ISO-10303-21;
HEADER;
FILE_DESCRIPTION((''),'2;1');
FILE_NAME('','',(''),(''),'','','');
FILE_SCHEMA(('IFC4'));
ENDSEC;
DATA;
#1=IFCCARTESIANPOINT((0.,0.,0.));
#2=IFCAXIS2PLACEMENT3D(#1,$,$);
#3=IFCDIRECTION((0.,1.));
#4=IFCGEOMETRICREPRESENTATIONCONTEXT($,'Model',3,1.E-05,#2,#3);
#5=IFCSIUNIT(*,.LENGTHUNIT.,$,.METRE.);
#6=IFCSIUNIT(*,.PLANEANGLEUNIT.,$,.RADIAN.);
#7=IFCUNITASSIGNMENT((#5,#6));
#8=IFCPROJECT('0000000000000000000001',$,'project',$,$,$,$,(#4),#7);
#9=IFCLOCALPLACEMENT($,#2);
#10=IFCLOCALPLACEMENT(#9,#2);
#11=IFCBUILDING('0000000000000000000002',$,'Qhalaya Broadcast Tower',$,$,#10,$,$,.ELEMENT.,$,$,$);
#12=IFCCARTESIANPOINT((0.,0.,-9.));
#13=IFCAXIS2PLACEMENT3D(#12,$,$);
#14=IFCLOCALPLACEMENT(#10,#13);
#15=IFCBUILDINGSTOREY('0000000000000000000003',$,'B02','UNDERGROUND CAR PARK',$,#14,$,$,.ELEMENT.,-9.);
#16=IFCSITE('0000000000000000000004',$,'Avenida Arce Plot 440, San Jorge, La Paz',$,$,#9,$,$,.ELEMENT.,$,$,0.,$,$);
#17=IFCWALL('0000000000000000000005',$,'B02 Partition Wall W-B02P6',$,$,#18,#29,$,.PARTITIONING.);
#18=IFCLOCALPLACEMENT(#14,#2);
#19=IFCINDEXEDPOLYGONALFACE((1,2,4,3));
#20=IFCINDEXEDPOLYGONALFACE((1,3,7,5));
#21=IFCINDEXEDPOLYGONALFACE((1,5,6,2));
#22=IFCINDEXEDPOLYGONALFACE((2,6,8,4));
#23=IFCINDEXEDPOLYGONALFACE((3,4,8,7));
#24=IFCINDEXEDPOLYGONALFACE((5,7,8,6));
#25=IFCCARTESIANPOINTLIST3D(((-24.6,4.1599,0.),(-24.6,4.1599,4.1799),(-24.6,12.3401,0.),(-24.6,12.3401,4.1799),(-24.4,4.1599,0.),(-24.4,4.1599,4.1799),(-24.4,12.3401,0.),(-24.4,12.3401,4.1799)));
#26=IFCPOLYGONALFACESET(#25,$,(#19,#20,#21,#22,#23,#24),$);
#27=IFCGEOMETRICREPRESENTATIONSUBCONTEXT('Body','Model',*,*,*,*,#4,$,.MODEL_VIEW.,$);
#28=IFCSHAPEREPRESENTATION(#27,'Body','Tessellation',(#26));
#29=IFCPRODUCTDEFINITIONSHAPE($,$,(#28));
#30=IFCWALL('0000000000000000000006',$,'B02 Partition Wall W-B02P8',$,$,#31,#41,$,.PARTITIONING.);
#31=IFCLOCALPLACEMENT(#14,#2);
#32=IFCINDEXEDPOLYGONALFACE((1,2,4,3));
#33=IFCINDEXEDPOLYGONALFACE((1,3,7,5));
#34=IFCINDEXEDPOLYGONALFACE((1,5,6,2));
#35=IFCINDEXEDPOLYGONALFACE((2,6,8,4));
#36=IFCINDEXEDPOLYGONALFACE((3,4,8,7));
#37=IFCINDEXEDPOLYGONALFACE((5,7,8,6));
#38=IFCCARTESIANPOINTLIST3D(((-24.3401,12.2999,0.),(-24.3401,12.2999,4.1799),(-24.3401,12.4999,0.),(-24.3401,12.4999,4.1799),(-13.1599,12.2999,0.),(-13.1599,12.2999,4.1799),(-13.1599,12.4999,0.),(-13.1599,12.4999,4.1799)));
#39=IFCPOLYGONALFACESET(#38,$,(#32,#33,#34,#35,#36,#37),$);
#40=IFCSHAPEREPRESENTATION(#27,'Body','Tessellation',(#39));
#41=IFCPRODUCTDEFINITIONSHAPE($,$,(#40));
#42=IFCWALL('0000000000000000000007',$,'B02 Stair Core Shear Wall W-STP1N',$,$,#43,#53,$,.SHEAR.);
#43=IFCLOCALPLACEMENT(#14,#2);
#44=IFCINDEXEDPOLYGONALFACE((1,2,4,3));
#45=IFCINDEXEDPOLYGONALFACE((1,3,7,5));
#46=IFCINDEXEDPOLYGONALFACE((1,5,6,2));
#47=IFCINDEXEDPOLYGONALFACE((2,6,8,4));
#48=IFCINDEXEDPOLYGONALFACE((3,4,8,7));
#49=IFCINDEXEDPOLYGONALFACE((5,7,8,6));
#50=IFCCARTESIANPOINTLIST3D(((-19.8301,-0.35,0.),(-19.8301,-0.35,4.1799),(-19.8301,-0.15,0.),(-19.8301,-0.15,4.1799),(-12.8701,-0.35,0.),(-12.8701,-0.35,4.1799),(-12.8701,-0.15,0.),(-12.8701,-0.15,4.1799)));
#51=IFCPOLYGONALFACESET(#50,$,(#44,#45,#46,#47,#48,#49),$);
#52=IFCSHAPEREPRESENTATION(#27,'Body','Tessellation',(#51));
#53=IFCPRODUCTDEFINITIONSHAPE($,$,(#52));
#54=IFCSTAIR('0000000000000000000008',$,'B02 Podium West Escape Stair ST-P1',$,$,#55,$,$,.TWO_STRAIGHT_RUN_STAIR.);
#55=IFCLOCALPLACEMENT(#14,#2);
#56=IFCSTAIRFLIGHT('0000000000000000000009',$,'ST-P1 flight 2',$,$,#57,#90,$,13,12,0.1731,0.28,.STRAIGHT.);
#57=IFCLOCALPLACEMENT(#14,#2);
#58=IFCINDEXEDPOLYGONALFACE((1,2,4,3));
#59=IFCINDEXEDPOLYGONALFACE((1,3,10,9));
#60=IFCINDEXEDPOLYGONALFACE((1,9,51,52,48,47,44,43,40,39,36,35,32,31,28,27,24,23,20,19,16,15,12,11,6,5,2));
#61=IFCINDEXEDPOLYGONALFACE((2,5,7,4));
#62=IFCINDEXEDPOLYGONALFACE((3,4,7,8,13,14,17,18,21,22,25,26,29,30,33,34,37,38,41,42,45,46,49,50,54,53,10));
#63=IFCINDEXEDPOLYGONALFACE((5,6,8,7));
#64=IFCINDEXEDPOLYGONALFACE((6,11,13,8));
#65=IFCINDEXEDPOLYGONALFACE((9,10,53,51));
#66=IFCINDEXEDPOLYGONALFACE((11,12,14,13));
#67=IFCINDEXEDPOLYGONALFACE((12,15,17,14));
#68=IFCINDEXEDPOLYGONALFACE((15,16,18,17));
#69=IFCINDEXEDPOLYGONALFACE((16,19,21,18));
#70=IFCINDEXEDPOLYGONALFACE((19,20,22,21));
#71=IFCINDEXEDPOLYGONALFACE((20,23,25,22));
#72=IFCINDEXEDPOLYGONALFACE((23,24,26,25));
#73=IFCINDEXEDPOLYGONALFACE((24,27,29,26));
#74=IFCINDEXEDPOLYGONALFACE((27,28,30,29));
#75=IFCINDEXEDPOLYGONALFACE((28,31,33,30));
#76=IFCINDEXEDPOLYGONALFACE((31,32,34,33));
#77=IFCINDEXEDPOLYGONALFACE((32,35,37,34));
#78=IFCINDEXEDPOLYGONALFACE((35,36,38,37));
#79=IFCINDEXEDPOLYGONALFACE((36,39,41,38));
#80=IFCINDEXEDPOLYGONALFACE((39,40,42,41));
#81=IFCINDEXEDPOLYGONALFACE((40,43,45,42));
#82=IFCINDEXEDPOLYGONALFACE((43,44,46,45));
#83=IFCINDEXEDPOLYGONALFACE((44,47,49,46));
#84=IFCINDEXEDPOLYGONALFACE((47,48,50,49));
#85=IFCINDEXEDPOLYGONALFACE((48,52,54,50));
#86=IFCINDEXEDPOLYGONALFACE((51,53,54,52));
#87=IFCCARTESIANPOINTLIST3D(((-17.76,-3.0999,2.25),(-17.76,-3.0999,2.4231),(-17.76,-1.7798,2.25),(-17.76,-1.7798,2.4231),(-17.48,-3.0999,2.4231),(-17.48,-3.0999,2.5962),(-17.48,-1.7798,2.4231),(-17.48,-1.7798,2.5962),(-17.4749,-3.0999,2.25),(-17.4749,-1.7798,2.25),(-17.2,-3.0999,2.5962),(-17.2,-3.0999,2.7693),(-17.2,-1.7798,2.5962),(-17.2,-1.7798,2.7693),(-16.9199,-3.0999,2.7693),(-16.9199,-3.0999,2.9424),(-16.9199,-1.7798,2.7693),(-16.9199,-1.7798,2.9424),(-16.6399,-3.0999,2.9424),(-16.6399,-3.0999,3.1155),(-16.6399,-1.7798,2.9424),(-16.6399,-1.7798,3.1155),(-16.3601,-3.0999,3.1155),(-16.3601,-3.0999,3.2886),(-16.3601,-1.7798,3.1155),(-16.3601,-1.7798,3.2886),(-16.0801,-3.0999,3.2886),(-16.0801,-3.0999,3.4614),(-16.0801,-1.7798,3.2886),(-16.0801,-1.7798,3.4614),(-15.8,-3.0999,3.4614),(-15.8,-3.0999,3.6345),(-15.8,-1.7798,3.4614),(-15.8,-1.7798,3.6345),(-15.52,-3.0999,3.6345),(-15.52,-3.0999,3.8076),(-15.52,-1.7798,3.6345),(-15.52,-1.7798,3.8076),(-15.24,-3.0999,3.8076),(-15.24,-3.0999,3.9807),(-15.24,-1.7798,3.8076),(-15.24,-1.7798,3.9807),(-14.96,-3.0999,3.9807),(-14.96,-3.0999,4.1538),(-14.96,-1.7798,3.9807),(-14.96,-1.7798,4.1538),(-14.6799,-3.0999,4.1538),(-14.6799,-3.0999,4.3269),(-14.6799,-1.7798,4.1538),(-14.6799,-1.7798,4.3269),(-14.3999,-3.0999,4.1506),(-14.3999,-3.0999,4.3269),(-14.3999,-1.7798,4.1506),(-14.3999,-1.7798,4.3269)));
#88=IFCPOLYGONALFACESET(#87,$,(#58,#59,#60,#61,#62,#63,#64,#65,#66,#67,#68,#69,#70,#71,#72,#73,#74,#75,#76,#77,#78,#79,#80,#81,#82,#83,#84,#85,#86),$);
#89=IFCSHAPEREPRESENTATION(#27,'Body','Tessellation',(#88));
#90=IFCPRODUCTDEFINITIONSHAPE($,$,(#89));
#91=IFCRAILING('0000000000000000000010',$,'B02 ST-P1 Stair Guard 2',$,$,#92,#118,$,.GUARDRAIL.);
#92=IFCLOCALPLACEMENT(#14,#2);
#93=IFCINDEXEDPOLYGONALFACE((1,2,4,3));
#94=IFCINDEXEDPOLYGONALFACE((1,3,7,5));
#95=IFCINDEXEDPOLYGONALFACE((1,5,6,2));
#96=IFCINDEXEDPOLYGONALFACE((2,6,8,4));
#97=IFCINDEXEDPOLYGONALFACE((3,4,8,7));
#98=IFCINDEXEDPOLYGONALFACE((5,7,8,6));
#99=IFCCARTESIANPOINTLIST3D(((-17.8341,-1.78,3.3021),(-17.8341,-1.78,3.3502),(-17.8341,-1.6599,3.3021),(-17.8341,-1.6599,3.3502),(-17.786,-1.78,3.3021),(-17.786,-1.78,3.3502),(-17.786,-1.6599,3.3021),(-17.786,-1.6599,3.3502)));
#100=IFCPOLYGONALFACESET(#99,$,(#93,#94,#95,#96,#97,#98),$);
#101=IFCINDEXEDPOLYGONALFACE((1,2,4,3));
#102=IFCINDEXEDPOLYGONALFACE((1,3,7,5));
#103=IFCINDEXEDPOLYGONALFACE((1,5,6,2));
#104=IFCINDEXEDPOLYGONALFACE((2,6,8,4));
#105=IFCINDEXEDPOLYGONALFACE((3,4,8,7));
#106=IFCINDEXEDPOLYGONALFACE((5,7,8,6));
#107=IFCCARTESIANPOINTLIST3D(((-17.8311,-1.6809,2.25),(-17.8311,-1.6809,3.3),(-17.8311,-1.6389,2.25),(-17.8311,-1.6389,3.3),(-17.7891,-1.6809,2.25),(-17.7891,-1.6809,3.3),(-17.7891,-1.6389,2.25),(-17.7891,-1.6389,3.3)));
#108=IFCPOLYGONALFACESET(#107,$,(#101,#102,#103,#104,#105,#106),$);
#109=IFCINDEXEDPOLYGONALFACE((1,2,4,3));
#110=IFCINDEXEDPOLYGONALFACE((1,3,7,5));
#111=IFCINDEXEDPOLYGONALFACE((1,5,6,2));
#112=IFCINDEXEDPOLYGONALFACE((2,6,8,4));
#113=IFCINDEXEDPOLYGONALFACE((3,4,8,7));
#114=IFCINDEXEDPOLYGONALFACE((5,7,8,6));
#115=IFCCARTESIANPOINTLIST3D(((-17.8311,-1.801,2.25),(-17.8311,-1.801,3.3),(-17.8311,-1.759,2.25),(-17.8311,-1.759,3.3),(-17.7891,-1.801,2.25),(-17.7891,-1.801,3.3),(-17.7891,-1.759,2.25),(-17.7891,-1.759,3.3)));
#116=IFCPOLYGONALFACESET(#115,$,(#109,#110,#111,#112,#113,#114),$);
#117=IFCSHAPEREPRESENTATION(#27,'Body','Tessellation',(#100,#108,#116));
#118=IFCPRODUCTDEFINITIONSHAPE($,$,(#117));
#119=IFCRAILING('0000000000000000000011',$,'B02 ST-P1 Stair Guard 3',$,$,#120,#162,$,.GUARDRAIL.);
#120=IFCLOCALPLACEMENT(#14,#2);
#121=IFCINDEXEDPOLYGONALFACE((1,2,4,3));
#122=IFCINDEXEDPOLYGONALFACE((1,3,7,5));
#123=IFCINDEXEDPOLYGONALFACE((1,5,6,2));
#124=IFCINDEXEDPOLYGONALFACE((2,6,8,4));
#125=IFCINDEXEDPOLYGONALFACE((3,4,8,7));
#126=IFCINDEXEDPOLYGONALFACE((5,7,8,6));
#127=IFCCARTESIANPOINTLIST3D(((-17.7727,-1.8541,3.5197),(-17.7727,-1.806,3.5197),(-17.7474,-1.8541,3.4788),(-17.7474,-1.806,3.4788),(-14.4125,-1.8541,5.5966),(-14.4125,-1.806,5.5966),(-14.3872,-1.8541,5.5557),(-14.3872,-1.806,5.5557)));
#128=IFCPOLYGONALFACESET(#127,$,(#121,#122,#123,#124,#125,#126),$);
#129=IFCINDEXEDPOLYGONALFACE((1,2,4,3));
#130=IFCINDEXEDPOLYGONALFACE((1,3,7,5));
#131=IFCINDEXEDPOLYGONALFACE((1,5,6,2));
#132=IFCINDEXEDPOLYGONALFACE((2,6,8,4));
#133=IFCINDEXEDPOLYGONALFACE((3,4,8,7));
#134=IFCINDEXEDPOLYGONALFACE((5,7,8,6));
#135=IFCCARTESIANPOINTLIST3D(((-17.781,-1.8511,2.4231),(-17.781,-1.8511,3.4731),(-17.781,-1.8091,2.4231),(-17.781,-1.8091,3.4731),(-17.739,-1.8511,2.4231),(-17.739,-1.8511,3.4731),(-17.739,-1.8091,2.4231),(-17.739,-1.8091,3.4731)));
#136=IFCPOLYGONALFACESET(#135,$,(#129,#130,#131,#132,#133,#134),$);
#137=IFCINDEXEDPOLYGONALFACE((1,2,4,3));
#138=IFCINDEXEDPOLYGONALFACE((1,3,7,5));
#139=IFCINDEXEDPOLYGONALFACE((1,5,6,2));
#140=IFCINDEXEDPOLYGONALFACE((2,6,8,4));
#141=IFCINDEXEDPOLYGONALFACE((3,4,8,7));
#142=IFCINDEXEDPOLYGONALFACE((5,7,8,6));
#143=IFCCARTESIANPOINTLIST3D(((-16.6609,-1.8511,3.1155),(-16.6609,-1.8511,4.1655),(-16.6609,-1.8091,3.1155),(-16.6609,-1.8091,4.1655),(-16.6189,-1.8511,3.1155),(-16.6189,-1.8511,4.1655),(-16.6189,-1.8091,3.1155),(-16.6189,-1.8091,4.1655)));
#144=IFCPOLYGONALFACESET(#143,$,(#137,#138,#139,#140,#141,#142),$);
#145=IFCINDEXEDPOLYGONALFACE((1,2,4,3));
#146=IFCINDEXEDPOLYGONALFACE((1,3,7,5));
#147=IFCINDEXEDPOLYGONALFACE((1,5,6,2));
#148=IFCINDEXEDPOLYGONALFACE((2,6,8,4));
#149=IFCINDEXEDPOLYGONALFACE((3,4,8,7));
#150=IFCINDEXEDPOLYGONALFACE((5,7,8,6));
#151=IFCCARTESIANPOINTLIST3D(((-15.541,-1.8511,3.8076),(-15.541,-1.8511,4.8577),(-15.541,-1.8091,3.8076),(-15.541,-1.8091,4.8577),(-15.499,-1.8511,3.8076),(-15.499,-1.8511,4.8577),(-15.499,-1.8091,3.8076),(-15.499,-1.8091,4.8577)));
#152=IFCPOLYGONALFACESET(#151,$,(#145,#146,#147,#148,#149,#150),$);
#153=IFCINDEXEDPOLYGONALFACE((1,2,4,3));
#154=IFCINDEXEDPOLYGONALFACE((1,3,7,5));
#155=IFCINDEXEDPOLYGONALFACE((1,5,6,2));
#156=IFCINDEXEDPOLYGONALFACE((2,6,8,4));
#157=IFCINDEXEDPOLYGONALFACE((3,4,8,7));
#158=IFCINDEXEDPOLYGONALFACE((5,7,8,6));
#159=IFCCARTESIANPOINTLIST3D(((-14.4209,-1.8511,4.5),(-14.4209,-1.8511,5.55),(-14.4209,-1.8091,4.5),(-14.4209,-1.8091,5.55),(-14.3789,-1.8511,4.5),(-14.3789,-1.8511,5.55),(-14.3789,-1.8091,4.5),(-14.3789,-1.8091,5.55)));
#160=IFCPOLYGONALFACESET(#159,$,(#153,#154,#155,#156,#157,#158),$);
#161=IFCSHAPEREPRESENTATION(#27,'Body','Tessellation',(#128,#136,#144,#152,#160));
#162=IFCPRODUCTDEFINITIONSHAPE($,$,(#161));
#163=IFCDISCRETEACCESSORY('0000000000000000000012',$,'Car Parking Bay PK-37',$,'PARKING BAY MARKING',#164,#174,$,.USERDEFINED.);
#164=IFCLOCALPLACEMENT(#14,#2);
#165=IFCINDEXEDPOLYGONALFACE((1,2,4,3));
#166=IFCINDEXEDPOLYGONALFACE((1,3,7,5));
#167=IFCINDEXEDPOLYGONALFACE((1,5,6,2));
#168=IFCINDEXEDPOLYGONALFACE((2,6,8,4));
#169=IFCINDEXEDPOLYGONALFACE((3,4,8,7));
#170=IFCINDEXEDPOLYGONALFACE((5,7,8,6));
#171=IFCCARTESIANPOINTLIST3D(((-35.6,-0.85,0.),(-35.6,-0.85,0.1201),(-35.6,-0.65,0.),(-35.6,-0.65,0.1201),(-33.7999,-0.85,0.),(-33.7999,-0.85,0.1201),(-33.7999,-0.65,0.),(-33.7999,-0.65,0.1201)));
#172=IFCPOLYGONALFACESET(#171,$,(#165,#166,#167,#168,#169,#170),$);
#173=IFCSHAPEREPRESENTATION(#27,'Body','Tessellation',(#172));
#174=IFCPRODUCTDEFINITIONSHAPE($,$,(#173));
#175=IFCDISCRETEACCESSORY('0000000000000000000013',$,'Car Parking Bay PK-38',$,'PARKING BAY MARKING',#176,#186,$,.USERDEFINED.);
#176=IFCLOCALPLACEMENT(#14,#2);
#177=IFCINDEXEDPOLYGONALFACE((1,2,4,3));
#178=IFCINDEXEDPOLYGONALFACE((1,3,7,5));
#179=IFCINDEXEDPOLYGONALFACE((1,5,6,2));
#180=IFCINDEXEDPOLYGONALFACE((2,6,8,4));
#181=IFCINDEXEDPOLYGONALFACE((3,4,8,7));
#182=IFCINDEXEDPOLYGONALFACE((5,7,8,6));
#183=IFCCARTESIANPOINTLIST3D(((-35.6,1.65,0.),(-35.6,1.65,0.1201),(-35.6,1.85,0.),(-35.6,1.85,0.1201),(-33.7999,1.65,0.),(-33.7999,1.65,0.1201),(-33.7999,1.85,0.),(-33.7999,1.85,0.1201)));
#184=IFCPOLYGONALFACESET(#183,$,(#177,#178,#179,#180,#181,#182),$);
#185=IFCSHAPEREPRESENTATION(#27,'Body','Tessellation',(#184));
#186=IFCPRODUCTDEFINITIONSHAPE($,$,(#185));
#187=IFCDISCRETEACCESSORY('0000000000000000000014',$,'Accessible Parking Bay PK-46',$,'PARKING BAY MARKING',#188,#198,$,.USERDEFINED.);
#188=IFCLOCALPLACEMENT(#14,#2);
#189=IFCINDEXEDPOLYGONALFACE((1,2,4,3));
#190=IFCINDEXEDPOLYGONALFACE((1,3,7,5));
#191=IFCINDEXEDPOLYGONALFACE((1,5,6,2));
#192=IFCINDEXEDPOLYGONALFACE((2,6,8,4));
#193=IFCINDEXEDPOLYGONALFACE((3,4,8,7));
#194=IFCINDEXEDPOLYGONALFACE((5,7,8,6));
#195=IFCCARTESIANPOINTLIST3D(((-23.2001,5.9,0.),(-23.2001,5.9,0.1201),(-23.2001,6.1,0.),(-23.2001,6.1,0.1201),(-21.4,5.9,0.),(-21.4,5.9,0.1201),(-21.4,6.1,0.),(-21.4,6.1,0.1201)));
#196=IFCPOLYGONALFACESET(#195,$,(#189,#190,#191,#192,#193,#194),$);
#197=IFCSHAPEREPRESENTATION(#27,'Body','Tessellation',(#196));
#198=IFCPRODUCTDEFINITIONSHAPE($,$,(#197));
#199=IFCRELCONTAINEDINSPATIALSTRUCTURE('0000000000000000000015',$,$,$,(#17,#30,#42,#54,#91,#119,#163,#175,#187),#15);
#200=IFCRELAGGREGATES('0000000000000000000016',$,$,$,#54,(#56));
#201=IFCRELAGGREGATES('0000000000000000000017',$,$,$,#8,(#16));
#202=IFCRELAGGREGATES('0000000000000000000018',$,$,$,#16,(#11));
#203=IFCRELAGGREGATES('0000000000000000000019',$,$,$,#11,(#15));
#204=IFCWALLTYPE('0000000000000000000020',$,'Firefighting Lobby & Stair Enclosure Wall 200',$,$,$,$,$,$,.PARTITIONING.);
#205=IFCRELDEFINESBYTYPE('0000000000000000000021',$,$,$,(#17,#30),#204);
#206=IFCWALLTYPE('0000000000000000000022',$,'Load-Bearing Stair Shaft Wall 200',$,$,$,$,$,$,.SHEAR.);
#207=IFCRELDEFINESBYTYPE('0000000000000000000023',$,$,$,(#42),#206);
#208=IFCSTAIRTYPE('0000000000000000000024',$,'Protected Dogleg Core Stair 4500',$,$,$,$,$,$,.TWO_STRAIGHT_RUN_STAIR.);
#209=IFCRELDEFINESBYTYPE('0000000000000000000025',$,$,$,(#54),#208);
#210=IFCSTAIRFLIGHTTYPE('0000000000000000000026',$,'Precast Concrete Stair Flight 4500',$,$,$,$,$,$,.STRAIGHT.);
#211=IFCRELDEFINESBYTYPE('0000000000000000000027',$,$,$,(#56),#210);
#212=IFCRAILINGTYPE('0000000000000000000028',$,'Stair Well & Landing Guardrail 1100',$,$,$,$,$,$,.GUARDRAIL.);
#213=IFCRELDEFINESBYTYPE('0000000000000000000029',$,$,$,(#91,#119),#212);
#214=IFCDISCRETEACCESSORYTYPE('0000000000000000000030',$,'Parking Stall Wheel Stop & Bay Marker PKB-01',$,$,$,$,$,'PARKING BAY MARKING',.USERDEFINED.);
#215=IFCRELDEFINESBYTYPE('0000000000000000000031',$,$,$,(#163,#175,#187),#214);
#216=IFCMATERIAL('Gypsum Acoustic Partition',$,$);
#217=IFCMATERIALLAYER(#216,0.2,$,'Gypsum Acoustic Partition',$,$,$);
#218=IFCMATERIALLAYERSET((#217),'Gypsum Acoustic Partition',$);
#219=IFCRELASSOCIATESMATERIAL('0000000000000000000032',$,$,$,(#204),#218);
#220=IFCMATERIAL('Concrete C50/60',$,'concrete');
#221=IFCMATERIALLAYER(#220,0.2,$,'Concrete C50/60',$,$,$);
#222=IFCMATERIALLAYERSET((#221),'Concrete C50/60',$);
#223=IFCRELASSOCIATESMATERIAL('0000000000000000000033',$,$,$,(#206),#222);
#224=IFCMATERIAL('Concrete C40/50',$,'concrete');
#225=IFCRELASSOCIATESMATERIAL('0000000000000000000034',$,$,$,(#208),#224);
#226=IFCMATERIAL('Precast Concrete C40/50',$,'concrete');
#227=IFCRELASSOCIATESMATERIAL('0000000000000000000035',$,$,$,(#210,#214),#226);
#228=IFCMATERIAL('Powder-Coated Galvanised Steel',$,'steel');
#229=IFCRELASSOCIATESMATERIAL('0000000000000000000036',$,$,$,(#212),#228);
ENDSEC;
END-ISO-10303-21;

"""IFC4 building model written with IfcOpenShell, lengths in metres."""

from ifc_helpers import new_model, si_unit, direction, frame, frame_2d, origin, origin_2d, place, context, subcontext, project, spatial, polyline, rectangle, outline, extrude, material, layer, layer_set, type_object, element, aggregate, save


model = new_model("IFC4")

# Units and contexts
model_context = context("Model", 3, precision=1e-05, world=origin(), true_north=direction((0.0, 1.0)))
body_context = subcontext(model_context, "Body", "Model", "MODEL_VIEW")
ifc_project = project(units=[si_unit("LENGTHUNIT", "METRE"), si_unit("PLANEANGLEUNIT", "RADIAN")], contexts=[model_context])

# Site, building, storey
site_placement = place(None, origin())
site = spatial("IfcSite", under=ifc_project, at=site_placement, Name="Avenida Arce Plot 440, San Jorge, La Paz", CompositionType="ELEMENT", RefElevation=0.0)
building_placement = place(site_placement, origin())
building = spatial("IfcBuilding", under=site, at=building_placement, Name="Qhalaya Broadcast Tower", CompositionType="ELEMENT")
storey_placement = place(building_placement, frame((0.0, 0.0, -9.0)))
storey = spatial("IfcBuildingStorey", under=building, at=storey_placement, Name="B02", Description="UNDERGROUND CAR PARK", CompositionType="ELEMENT", Elevation=-9.0)

# Shared definitions
ifc_material_1 = material(Name="Concrete C50/60", Category="concrete")

# Shared definitions
ifc_material_2 = material(Name="Gypsum Acoustic Partition")
ifc_layer_1 = layer(ifc_material_2, 0.2, Name="Gypsum Acoustic Partition")
ifc_layer_set_1 = layer_set([ifc_layer_1], Name="Gypsum Acoustic Partition")
wall_type_1 = type_object("IfcWallType", Name="Firefighting Lobby & Stair Enclosure Wall 200", PredefinedType="PARTITIONING", material=ifc_layer_set_1)

# Walls
wall_1_placement = place(storey_placement, frame((-24.5, 4.1599, 0.0), z_axis=(0.0, 0.0, 1.0), x_axis=(0.0, 1.0, 0.0)))
element("IfcWall", 1, at=wall_1_placement, inside=storey, type_object=wall_type_1, Name="B02 Partition Wall W-B02P6", PredefinedType="PARTITIONING", context=body_context, shape_type="SweptSolid", body=[
    extrude(rectangle(XDim=8.1802, YDim=0.2, at=frame_2d((4.0901, 0.0))), origin(), (0.0, 0.0, 1.0), 4.1799),
])
wall_2_placement = place(storey_placement, frame((-24.3401, 12.3999, 0.0), z_axis=(0.0, 0.0, 1.0), x_axis=(1.0, 0.0, 0.0)))
element("IfcWall", 2, at=wall_2_placement, inside=storey, type_object=wall_type_1, Name="B02 Partition Wall W-B02P8", PredefinedType="PARTITIONING", context=body_context, shape_type="SweptSolid", body=[
    extrude(rectangle(XDim=11.1802, YDim=0.2, at=frame_2d((5.5901, 0.0))), origin(), (0.0, 0.0, 1.0), 4.1799),
])
ifc_layer_2 = layer(ifc_material_1, 0.2, Name="Concrete C50/60")
ifc_layer_set_2 = layer_set([ifc_layer_2], Name="Concrete C50/60")
wall_type_2 = type_object("IfcWallType", Name="Load-Bearing Stair Shaft Wall 200", PredefinedType="SHEAR", material=ifc_layer_set_2)
wall_3_placement = place(storey_placement, frame((-19.8301, -0.25, 0.0), z_axis=(0.0, 0.0, 1.0), x_axis=(1.0, 0.0, 0.0)))
element("IfcWall", 3, at=wall_3_placement, inside=storey, type_object=wall_type_2, Name="B02 Stair Core Shear Wall W-STP1N", PredefinedType="SHEAR", context=body_context, shape_type="SweptSolid", body=[
    extrude(rectangle(XDim=6.96, YDim=0.2, at=frame_2d((3.48, 0.0))), origin(), (0.0, 0.0, 1.0), 4.1799),
])

# Stair, stair flight
ifc_material_3 = material(Name="Concrete C40/50", Category="concrete")
stair_type = type_object("IfcStairType", Name="Protected Dogleg Core Stair 4500", PredefinedType="TWO_STRAIGHT_RUN_STAIR", material=ifc_material_3)
stair_placement = place(storey_placement, origin())
stair = element("IfcStair", 4, at=stair_placement, inside=storey, type_object=stair_type, Name="B02 Podium West Escape Stair ST-P1", PredefinedType="TWO_STRAIGHT_RUN_STAIR")
ifc_material_4 = material(Name="Precast Concrete C40/50", Category="concrete")
stair_flight_type = type_object("IfcStairFlightType", Name="Precast Concrete Stair Flight 4500", PredefinedType="STRAIGHT", material=ifc_material_4)
stair_flight_placement = place(storey_placement, frame((-17.76, -2.4399, 2.25), z_axis=(0.0, 0.0, 1.0), x_axis=(1.0, 0.0, 0.0)))
stair_flight = element("IfcStairFlight", 5, at=stair_flight_placement, type_object=stair_flight_type, Name="ST-P1 flight 2", NumberOfRisers=13, NumberOfTreads=12, PredefinedType="STRAIGHT", RiserHeight=0.1731, TreadLength=0.28, context=body_context, shape_type="SweptSolid", body=[
    extrude(outline(polyline([(0.0, 0.0), (0.0, 0.1731), (0.28, 0.1731), (0.28, 0.3462), (0.5601, 0.3462), (0.5601, 0.5193), (0.8401, 0.5193), (0.8401, 0.6924), (1.1201, 0.6924), (1.1201, 0.8655), (1.3999, 0.8655), (1.3999, 1.0386), (1.6799, 1.0386), (1.6799, 1.2114), (1.96, 1.2114), (1.96, 1.3845), (2.24, 1.3845), (2.24, 1.5576), (2.52, 1.5576), (2.52, 1.7307), (2.8, 1.7307), (2.8, 1.9038), (3.0801, 1.9038), (3.0801, 2.0769), (3.3601, 2.0769), (3.3601, 2.25), (3.3601, 1.9006), (0.2852, 0.0), (0.0, 0.0)])), frame((0.0, 0.6602, 0.0), z_axis=(0.0, -1.0, 0.0), x_axis=(1.0, 0.0, 0.0)), (0.0, 0.0, 1.0), 1.3201),
])
aggregate(stair, [stair_flight])

# Railings
ifc_material_5 = material(Name="Powder-Coated Galvanised Steel", Category="steel")
railing_type = type_object("IfcRailingType", Name="Stair Well & Landing Guardrail 1100", PredefinedType="GUARDRAIL", material=ifc_material_5)
railing_1_placement = place(storey_placement, frame((-17.8101, -1.6599, 2.25)))
element("IfcRailing", 6, at=railing_1_placement, inside=storey, type_object=railing_type, Name="B02 ST-P1 Stair Guard 2", PredefinedType="GUARDRAIL", context=body_context, shape_type="SweptSolid", body=[
    extrude(rectangle(XDim=0.0481, YDim=0.0481, at=origin_2d()), frame((0.0, 0.0, 1.0762), z_axis=(0.0, -1.0, 0.0), x_axis=(1.0, 0.0, 0.0)), (0.0, 0.0, 1.0), 0.1201),
    extrude(rectangle(XDim=0.042, YDim=0.042, at=origin_2d()), origin(), (0.0, 0.0, 1.0), 1.05),
    extrude(rectangle(XDim=0.042, YDim=0.042, at=origin_2d()), frame((0.0, -0.1201, 0.0)), (0.0, 0.0, 1.0), 1.05),
])
railing_2_placement = place(storey_placement, frame((-17.76, -1.8301, 2.4231)))
element("IfcRailing", 7, at=railing_2_placement, inside=storey, type_object=railing_type, Name="B02 ST-P1 Stair Guard 3", PredefinedType="GUARDRAIL", context=body_context, shape_type="SweptSolid", body=[
    extrude(rectangle(XDim=0.0481, YDim=0.0481, at=origin_2d()), frame((0.0, 0.0, 1.0762), z_axis=(0.850623, 0.0, 0.525776), x_axis=(0.0, 1.0, 0.0)), (0.0, 0.0, 1.0), 3.9502),
    extrude(rectangle(XDim=0.042, YDim=0.042, at=origin_2d()), origin(), (0.0, 0.0, 1.0), 1.05),
    extrude(rectangle(XDim=0.042, YDim=0.042, at=origin_2d()), frame((1.1201, 0.0, 0.6924)), (0.0, 0.0, 1.0), 1.05),
    extrude(rectangle(XDim=0.042, YDim=0.042, at=origin_2d()), frame((2.24, 0.0, 1.3845)), (0.0, 0.0, 1.0), 1.05),
    extrude(rectangle(XDim=0.042, YDim=0.042, at=origin_2d()), frame((3.3601, 0.0, 2.0769)), (0.0, 0.0, 1.0), 1.05),
])

# Discrete accessories
discrete_accessory_type = type_object("IfcDiscreteAccessoryType", Name="Parking Stall Wheel Stop & Bay Marker PKB-01", ElementType="PARKING BAY MARKING", PredefinedType="USERDEFINED", material=ifc_material_4)
for number, where, z_axis, x_axis, name in (
    (8, (-34.7, -0.75, 0.0), (0.0, 0.0, 1.0), (1.0, 0.0, 0.0), "Car Parking Bay PK-37"),
    (9, (-34.7, 1.75, 0.0), (0.0, 0.0, 1.0), (1.0, 0.0, 0.0), "Car Parking Bay PK-38"),
    (10, (-22.3, 6.0, 0.0), (0.0, 0.0, 1.0), (1.0, 0.0, 0.0), "Accessible Parking Bay PK-46"),
):
    element("IfcDiscreteAccessory", number, at=place(storey_placement, frame(where, z_axis=z_axis, x_axis=x_axis)), inside=storey, type_object=discrete_accessory_type, Name=name, ObjectType="PARKING BAY MARKING", PredefinedType="USERDEFINED", context=body_context, shape_type="SweptSolid", body=[
        extrude(rectangle(XDim=1.8, YDim=0.2, at=origin_2d()), origin(), (0.0, 0.0, 1.0), 0.1201),
    ])

save(model, "model.ifc")
